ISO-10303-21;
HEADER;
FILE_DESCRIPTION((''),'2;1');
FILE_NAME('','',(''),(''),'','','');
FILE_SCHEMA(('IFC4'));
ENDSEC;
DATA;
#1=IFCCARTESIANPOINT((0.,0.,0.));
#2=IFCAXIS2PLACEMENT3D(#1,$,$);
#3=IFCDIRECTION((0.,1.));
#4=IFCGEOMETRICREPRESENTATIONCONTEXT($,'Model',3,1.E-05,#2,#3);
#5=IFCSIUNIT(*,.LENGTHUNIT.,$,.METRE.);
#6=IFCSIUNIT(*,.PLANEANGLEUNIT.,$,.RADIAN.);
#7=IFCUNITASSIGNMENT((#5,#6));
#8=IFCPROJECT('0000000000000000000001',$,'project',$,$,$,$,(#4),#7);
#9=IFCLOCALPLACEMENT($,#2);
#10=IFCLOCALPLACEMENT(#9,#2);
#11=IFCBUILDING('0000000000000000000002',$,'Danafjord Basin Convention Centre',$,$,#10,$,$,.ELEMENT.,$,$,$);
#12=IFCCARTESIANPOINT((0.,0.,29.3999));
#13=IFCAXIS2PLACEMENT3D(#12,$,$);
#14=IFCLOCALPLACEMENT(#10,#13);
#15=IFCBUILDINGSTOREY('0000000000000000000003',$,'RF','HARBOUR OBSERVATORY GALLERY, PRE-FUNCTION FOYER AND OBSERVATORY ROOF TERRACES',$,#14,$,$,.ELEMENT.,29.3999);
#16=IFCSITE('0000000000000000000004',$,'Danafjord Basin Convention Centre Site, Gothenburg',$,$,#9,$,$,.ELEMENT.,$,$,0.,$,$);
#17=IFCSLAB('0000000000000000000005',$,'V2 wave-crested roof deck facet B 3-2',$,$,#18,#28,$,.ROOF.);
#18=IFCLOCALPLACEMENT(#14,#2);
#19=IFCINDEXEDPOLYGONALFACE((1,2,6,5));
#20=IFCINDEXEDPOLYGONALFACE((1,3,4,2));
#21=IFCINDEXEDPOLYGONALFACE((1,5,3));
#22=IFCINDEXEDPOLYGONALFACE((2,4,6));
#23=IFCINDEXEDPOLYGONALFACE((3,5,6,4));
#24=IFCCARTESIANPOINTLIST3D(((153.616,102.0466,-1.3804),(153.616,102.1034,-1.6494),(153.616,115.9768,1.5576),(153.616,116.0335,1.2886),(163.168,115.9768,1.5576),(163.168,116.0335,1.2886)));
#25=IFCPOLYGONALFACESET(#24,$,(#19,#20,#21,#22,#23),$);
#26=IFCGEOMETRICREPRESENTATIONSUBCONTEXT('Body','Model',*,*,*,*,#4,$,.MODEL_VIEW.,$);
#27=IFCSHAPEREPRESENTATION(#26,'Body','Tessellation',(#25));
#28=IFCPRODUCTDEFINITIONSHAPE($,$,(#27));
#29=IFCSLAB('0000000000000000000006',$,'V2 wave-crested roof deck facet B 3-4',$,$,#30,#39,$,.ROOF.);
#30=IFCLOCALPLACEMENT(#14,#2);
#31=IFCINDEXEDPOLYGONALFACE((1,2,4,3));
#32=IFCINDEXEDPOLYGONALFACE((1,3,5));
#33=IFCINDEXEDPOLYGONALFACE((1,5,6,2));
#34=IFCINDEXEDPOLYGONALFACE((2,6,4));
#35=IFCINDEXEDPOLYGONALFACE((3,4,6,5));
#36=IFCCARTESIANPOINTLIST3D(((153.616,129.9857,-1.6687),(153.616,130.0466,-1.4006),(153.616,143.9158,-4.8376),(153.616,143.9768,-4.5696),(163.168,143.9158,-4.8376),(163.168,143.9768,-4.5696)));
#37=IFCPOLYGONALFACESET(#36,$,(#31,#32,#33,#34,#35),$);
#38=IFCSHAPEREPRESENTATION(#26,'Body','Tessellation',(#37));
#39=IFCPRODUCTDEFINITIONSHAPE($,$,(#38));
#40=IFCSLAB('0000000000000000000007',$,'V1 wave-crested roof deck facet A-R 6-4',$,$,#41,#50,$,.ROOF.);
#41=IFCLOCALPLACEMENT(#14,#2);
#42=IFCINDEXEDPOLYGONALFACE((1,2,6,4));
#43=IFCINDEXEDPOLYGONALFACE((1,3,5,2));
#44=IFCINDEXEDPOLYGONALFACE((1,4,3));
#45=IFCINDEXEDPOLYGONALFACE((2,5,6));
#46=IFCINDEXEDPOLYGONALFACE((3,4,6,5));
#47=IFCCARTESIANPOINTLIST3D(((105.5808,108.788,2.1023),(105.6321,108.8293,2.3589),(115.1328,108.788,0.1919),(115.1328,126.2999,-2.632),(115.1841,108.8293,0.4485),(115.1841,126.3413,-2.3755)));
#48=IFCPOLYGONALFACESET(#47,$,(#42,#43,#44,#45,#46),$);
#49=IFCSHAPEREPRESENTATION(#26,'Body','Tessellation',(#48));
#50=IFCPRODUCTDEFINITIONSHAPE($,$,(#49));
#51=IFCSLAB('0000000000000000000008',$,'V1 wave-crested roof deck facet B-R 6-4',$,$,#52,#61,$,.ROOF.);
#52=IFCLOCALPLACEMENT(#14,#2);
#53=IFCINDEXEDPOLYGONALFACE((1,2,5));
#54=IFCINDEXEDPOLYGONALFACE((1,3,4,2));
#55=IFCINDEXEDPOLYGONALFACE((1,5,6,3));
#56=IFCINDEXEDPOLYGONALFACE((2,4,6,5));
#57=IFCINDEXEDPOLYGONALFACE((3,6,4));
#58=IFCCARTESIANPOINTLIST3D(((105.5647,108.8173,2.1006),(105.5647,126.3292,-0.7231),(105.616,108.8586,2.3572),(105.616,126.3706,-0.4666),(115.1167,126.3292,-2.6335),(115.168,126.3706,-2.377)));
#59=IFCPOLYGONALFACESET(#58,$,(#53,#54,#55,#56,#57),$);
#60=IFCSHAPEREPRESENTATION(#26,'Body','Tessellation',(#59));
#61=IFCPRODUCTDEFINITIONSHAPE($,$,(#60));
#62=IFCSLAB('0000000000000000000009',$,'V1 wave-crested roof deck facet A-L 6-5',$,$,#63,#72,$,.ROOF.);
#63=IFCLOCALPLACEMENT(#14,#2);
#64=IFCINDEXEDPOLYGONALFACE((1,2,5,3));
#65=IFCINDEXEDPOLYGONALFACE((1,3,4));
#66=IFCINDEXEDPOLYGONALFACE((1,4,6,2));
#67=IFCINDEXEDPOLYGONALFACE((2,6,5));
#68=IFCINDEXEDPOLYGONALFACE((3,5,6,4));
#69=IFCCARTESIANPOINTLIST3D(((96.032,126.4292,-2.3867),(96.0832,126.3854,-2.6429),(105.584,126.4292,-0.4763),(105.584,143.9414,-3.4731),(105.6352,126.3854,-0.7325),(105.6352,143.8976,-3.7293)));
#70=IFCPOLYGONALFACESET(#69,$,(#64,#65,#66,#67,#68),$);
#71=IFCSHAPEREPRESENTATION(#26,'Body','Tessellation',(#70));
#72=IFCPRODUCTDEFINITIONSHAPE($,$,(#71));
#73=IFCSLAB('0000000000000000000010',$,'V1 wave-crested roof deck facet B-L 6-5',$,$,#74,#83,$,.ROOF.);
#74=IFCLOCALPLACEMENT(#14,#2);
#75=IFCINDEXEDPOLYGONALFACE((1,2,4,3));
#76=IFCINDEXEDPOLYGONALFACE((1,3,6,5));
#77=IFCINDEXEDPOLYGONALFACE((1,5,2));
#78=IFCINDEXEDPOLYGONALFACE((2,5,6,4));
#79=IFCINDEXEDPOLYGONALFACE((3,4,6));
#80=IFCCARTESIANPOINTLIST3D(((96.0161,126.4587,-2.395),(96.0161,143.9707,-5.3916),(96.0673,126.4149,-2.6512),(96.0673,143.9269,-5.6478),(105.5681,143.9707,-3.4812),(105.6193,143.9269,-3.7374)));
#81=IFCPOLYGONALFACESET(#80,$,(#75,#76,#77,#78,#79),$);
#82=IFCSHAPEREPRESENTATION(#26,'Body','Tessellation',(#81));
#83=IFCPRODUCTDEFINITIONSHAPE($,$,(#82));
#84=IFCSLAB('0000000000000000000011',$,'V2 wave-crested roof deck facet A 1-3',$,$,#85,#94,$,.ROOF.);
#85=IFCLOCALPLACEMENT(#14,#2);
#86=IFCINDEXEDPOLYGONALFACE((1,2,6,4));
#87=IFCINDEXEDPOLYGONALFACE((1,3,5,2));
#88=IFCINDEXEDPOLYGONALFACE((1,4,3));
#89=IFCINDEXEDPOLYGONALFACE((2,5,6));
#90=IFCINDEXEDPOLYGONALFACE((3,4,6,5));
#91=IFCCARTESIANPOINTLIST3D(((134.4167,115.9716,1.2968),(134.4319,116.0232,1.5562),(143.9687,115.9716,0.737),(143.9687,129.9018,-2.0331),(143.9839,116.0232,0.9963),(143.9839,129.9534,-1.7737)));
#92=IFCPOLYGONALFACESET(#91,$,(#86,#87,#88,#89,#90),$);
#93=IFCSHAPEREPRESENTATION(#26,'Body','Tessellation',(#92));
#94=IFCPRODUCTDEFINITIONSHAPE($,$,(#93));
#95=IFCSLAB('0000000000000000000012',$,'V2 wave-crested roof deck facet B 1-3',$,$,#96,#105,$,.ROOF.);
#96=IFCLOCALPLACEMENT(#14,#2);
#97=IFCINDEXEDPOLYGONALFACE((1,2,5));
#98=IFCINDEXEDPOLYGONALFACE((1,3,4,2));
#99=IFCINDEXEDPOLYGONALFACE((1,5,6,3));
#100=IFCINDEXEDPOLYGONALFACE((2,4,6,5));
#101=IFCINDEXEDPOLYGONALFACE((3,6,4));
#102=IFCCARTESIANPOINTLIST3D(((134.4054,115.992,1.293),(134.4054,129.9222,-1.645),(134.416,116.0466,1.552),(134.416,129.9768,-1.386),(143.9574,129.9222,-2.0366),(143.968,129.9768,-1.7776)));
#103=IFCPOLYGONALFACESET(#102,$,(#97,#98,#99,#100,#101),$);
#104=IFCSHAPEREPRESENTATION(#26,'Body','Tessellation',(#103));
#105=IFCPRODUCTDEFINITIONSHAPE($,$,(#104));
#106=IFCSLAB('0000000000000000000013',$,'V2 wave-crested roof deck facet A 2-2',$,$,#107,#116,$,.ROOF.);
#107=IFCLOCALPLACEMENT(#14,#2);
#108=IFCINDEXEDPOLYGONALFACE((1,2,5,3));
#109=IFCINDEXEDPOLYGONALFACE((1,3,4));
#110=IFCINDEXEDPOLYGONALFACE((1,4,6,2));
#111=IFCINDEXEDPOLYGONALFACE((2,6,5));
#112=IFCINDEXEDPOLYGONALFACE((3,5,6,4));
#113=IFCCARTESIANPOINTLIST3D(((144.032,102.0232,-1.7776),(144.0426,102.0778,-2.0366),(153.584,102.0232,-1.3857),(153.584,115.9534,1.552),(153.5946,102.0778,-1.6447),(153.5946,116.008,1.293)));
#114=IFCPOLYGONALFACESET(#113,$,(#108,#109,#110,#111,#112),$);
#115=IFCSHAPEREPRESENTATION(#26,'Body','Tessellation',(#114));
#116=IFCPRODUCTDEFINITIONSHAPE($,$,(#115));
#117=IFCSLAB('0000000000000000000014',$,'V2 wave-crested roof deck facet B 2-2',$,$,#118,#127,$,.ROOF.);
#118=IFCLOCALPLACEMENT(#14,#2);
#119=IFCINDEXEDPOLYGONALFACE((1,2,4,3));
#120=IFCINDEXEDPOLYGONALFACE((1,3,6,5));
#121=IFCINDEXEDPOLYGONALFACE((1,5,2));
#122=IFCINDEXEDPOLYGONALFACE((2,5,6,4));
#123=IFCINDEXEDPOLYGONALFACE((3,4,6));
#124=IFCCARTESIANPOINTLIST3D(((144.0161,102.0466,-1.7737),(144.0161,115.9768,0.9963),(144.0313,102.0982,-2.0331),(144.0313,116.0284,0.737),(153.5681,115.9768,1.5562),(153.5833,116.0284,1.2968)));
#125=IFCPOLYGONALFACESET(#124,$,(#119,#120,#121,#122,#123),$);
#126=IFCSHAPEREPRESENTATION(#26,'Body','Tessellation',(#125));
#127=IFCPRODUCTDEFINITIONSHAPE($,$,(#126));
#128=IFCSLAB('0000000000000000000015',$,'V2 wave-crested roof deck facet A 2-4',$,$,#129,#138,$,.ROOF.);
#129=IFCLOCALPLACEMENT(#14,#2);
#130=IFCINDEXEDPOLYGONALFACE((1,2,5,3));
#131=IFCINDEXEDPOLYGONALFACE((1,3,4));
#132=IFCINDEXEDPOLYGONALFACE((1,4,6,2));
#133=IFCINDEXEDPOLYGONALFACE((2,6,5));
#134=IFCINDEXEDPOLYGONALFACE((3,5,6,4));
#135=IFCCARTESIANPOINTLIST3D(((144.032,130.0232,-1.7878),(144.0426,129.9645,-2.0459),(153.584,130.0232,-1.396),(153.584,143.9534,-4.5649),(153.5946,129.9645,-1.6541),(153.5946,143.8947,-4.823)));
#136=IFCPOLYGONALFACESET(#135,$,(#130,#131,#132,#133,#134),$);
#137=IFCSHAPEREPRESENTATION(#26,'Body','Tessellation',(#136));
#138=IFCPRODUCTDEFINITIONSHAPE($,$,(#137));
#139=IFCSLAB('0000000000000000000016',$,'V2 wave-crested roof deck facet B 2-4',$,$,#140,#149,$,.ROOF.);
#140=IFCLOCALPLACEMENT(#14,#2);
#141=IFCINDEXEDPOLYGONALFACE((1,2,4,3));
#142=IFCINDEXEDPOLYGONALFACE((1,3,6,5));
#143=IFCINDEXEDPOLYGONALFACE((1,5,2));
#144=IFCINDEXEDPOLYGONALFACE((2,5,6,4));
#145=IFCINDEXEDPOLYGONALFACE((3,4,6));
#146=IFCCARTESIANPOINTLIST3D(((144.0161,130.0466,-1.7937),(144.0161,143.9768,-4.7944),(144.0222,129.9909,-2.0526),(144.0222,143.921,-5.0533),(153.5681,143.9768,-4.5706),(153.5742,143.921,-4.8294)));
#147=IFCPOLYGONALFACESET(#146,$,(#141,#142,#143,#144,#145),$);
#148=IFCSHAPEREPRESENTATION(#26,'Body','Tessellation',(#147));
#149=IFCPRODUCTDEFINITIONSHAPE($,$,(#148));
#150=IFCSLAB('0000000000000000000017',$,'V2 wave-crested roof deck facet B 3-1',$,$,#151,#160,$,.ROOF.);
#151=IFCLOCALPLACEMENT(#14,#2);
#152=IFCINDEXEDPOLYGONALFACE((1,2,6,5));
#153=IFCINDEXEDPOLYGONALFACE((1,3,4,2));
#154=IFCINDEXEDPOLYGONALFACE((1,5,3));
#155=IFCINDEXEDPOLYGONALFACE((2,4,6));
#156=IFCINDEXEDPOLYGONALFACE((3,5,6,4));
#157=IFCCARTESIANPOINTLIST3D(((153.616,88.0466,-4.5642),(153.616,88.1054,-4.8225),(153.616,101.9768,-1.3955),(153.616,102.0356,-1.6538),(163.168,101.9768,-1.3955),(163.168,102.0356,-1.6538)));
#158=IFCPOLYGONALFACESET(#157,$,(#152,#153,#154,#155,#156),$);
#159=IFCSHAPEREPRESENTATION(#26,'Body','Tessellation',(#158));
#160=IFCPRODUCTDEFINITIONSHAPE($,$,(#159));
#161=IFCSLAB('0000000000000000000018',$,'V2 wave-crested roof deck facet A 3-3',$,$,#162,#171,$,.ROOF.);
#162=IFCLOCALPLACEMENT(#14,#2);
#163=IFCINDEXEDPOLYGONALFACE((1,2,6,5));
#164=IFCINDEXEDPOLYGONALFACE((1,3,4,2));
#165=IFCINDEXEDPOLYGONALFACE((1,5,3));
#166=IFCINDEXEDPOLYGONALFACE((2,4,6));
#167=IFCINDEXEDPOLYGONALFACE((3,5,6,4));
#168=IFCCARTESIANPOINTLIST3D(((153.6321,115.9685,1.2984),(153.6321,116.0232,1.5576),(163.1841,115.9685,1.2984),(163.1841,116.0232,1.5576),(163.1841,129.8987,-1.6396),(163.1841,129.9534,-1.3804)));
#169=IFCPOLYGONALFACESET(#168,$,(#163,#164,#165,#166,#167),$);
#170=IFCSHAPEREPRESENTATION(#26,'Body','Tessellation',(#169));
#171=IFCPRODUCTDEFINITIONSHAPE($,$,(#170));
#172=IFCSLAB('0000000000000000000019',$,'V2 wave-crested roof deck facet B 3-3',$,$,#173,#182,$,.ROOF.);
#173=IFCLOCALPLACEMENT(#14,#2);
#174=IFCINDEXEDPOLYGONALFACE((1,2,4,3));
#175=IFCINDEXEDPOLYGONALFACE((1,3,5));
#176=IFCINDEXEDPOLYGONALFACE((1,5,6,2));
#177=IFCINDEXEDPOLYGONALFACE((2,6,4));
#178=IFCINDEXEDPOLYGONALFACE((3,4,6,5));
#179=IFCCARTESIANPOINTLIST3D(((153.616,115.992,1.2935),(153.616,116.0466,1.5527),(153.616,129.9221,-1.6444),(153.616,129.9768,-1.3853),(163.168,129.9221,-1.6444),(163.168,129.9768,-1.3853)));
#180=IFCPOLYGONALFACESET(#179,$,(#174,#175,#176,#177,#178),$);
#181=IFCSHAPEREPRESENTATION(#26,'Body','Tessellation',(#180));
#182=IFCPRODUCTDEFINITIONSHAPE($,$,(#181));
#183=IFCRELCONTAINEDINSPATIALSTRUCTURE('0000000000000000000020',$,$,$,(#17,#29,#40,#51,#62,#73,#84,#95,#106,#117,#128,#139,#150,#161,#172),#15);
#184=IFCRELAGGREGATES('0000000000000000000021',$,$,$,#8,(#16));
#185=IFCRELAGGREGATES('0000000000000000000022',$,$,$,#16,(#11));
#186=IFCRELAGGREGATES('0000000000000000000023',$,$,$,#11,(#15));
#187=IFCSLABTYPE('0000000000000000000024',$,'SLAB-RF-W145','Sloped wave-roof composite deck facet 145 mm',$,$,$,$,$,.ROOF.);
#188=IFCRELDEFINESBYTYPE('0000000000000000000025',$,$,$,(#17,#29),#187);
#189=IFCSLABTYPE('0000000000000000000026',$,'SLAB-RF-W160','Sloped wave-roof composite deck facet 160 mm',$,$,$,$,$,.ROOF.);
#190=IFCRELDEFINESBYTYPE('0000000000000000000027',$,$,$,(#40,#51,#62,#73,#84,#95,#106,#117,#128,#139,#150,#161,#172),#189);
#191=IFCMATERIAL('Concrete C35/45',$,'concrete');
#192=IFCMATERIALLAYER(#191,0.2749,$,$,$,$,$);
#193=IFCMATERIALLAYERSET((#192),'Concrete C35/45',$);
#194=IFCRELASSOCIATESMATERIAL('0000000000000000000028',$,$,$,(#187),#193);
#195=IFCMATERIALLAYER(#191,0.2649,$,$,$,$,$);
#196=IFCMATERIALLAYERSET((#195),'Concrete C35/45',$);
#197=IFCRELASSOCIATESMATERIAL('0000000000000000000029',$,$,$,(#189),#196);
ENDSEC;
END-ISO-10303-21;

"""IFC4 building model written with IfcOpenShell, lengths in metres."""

from ifc_helpers import new_model, si_unit, direction, frame, origin, place, context, subcontext, project, spatial, polyline, outline, extrude, material, layer, layer_set, type_object, element, save


model = new_model("IFC4")

# Units and contexts
model_context = context("Model", 3, precision=1e-05, world=origin(), true_north=direction((0.0, 1.0)))
body_context = subcontext(model_context, "Body", "Model", "MODEL_VIEW")
ifc_project = project(units=[si_unit("LENGTHUNIT", "METRE"), si_unit("PLANEANGLEUNIT", "RADIAN")], contexts=[model_context])

# Site, building, storey
site_placement = place(None, origin())
site = spatial("IfcSite", under=ifc_project, at=site_placement, Name="Danafjord Basin Convention Centre Site, Gothenburg", CompositionType="ELEMENT", RefElevation=0.0)
building_placement = place(site_placement, origin())
building = spatial("IfcBuilding", under=site, at=building_placement, Name="Danafjord Basin Convention Centre", CompositionType="ELEMENT")
storey_placement = place(building_placement, frame((0.0, 0.0, 29.3999)))
storey = spatial("IfcBuildingStorey", under=building, at=storey_placement, Name="RF", Description="HARBOUR OBSERVATORY GALLERY, PRE-FUNCTION FOYER AND OBSERVATORY ROOF TERRACES", CompositionType="ELEMENT", Elevation=29.3999)

# Slabs
ifc_material_1 = material(Name="Concrete C35/45", Category="concrete")
ifc_layer_1 = layer(ifc_material_1, 0.2749)
ifc_layer_set_1 = layer_set([ifc_layer_1], Name="Concrete C35/45")
slab_type_1 = type_object("IfcSlabType", Name="SLAB-RF-W145", Description="Sloped wave-roof composite deck facet 145 mm", PredefinedType="ROOF", material=ifc_layer_set_1)
slab_1_placement = place(storey_placement, frame((153.616, 102.0466, -1.3804), z_axis=(0.0, -0.206368, 0.978474), x_axis=(0.557158, 0.812532, 0.17137)))
element("IfcSlab", 1, at=slab_1_placement, inside=storey, type_object=slab_type_1, Name="V2 wave-crested roof deck facet B 3-2", PredefinedType="ROOF", context=body_context, shape_type="SweptSolid", body=[
    extrude(outline(polyline([(0.0, 0.0), (17.1442, 0.0), (11.8222, 7.932), (0.0, 0.0)])), origin(), (0.0, 0.0, -1.0), 0.2749),
])
slab_2_placement = place(storey_placement, frame((153.616, 130.0466, -1.4006), z_axis=(0.0, 0.221821, 0.975088), x_axis=(0.555826, 0.810589, -0.184399)))
element("IfcSlab", 2, at=slab_2_placement, inside=storey, type_object=slab_type_1, Name="V2 wave-crested roof deck facet B 3-4", PredefinedType="ROOF", context=body_context, shape_type="SweptSolid", body=[
    extrude(outline(polyline([(0.0, 0.0), (17.1852, 0.0), (11.876, 7.9406), (0.0, 0.0)])), origin(), (0.0, 0.0, -1.0), 0.2749),
])
ifc_layer_2 = layer(ifc_material_1, 0.2649)
ifc_layer_set_2 = layer_set([ifc_layer_2], Name="Concrete C35/45")
slab_type_2 = type_object("IfcSlabType", Name="SLAB-RF-W160", Description="Sloped wave-roof composite deck facet 160 mm", PredefinedType="ROOF", material=ifc_layer_set_2)
slab_3_placement = place(storey_placement, frame((105.6321, 108.8293, 2.3589), z_axis=(0.193709, 0.156188, 0.968546), x_axis=(0.980581, 0.0, -0.196116)))
element("IfcSlab", 3, at=slab_3_placement, inside=storey, type_object=slab_type_2, Name="V1 wave-crested roof deck facet A-R 6-4", PredefinedType="ROOF", context=body_context, shape_type="SweptSolid", body=[
    extrude(outline(polyline([(0.0, 0.0), (9.7412, 0.0), (10.295, 17.7296), (0.0, 0.0)])), origin(), (0.0, 0.0, -1.0), 0.2649),
])
slab_4_placement = place(storey_placement, frame((105.616, 108.8586, 2.3572), z_axis=(0.19371, 0.156174, 0.968548), x_axis=(0.465912, 0.854169, -0.230914)))
element("IfcSlab", 4, at=slab_4_placement, inside=storey, type_object=slab_type_2, Name="V1 wave-crested roof deck facet B-R 6-4", PredefinedType="ROOF", context=body_context, shape_type="SweptSolid", body=[
    extrude(outline(polyline([(0.0, 0.0), (20.5017, 0.0), (15.6102, 8.424), (0.0, 0.0)])), origin(), (0.0, 0.0, -1.0), 0.2649),
])
slab_5_placement = place(storey_placement, frame((96.032, 126.4292, -2.3867), z_axis=(-0.193412, 0.165491, 0.96706), x_axis=(0.980581, 0.0, 0.196116)))
element("IfcSlab", 5, at=slab_5_placement, inside=storey, type_object=slab_type_2, Name="V1 wave-crested roof deck facet A-L 6-5", PredefinedType="ROOF", context=body_context, shape_type="SweptSolid", body=[
    extrude(outline(polyline([(0.0, 0.0), (9.7412, 0.0), (9.1534, 17.7571), (0.0, 0.0)])), origin(), (0.0, 0.0, -1.0), 0.2649),
])
slab_6_placement = place(storey_placement, frame((96.0161, 126.4587, -2.395), z_axis=(-0.193412, 0.16548, 0.967062), x_axis=(0.478145, 0.876597, -0.054371)))
element("IfcSlab", 6, at=slab_6_placement, inside=storey, type_object=slab_type_2, Name="V1 wave-crested roof deck facet B-L 6-5", PredefinedType="ROOF", context=body_context, shape_type="SweptSolid", body=[
    extrude(outline(polyline([(0.0, 0.0), (19.9772, 0.0), (15.5139, 8.6584), (0.0, 0.0)])), origin(), (0.0, 0.0, -1.0), 0.2649),
])
slab_7_placement = place(storey_placement, frame((134.4319, 116.0232, 1.5562), z_axis=(0.057387, 0.19471, 0.979181), x_axis=(0.998287, 0.0, -0.058507)))
element("IfcSlab", 7, at=slab_7_placement, inside=storey, type_object=slab_type_2, Name="V2 wave-crested roof deck facet A 1-3", PredefinedType="ROOF", context=body_context, shape_type="SweptSolid", body=[
    extrude(outline(polyline([(0.0, 0.0), (9.5684, 0.0), (9.7305, 14.202), (0.0, 0.0)])), origin(), (0.0, 0.0, -1.0), 0.2649),
])
slab_8_placement = place(storey_placement, frame((134.416, 116.0466, 1.552), z_axis=(0.040082, 0.206202, 0.977688), x_axis=(0.554846, 0.80916, -0.193405)))
element("IfcSlab", 8, at=slab_8_placement, inside=storey, type_object=slab_type_2, Name="V2 wave-crested roof deck facet B 1-3", PredefinedType="ROOF", context=body_context, shape_type="SweptSolid", body=[
    extrude(outline(polyline([(0.0, 0.0), (17.2156, 0.0), (11.84, 7.9055), (0.0, 0.0)])), origin(), (0.0, 0.0, -1.0), 0.2649),
])
slab_9_placement = place(storey_placement, frame((144.032, 102.0232, -1.7776), z_axis=(-0.040107, -0.206186, 0.977691), x_axis=(0.99916, 0.0, 0.040988)))
element("IfcSlab", 9, at=slab_9_placement, inside=storey, type_object=slab_type_2, Name="V2 wave-crested roof deck facet A 2-2", PredefinedType="ROOF", context=body_context, shape_type="SweptSolid", body=[
    extrude(outline(polyline([(0.0, 0.0), (9.56, 0.0), (9.6804, 14.2361), (0.0, 0.0)])), origin(), (0.0, 0.0, -1.0), 0.2649),
])
slab_10_placement = place(storey_placement, frame((144.0161, 102.0466, -1.7737), z_axis=(-0.057387, -0.19471, 0.979181), x_axis=(0.554844, 0.809158, 0.193419)))
element("IfcSlab", 10, at=slab_10_placement, inside=storey, type_object=slab_type_2, Name="V2 wave-crested roof deck facet B 2-2", PredefinedType="ROOF", context=body_context, shape_type="SweptSolid", body=[
    extrude(outline(polyline([(0.0, 0.0), (17.2156, 0.0), (11.8075, 7.8934), (0.0, 0.0)])), origin(), (0.0, 0.0, -1.0), 0.2649),
])
slab_11_placement = place(storey_placement, frame((144.032, 130.0232, -1.7878), z_axis=(-0.039968, 0.221643, 0.974308), x_axis=(0.99916, 0.0, 0.040988)))
element("IfcSlab", 11, at=slab_11_placement, inside=storey, type_object=slab_type_2, Name="V2 wave-crested roof deck facet A 2-4", PredefinedType="ROOF", context=body_context, shape_type="SweptSolid", body=[
    extrude(outline(polyline([(0.0, 0.0), (9.56, 0.0), (9.4301, 14.2855), (0.0, 0.0)])), origin(), (0.0, 0.0, -1.0), 0.2649),
])
slab_12_placement = place(storey_placement, frame((144.0161, 130.0466, -1.7937), z_axis=(-0.022906, 0.210527, 0.97732), x_axis=(0.558033, 0.813808, -0.162225)))
element("IfcSlab", 12, at=slab_12_placement, inside=storey, type_object=slab_type_2, Name="V2 wave-crested roof deck facet B 2-4", PredefinedType="ROOF", context=body_context, shape_type="SweptSolid", body=[
    extrude(outline(polyline([(0.0, 0.0), (17.1173, 0.0), (11.8233, 7.9539), (0.0, 0.0)])), origin(), (0.0, 0.0, -1.0), 0.2649),
])
slab_13_placement = place(storey_placement, frame((153.616, 88.0466, -4.5642), z_axis=(0.0, -0.221804, 0.975091), x_axis=(0.555827, 0.810591, 0.184385)))
element("IfcSlab", 13, at=slab_13_placement, inside=storey, type_object=slab_type_2, Name="V2 wave-crested roof deck facet B 3-1", PredefinedType="ROOF", context=body_context, shape_type="SweptSolid", body=[
    extrude(outline(polyline([(0.0, 0.0), (17.1852, 0.0), (11.8759, 7.9406), (0.0, 0.0)])), origin(), (0.0, 0.0, -1.0), 0.2649),
])
slab_14_placement = place(storey_placement, frame((153.6321, 116.0232, 1.5576), z_axis=(0.0, 0.206368, 0.978474), x_axis=(1.0, 0.0, 0.0)))
element("IfcSlab", 14, at=slab_14_placement, inside=storey, type_object=slab_type_2, Name="V2 wave-crested roof deck facet A 3-3", PredefinedType="ROOF", context=body_context, shape_type="SweptSolid", body=[
    extrude(outline(polyline([(0.0, 0.0), (9.552, 0.0), (9.552, 14.2366), (0.0, 0.0)])), origin(), (0.0, 0.0, -1.0), 0.2649),
])
slab_15_placement = place(storey_placement, frame((153.616, 116.0466, 1.5527), z_axis=(0.0, 0.206368, 0.978474), x_axis=(0.557158, 0.812532, -0.17137)))
element("IfcSlab", 15, at=slab_15_placement, inside=storey, type_object=slab_type_2, Name="V2 wave-crested roof deck facet B 3-3", PredefinedType="ROOF", context=body_context, shape_type="SweptSolid", body=[
    extrude(outline(polyline([(0.0, 0.0), (17.1442, 0.0), (11.8222, 7.932), (0.0, 0.0)])), origin(), (0.0, 0.0, -1.0), 0.2649),
])

save(model, "model.ifc")
